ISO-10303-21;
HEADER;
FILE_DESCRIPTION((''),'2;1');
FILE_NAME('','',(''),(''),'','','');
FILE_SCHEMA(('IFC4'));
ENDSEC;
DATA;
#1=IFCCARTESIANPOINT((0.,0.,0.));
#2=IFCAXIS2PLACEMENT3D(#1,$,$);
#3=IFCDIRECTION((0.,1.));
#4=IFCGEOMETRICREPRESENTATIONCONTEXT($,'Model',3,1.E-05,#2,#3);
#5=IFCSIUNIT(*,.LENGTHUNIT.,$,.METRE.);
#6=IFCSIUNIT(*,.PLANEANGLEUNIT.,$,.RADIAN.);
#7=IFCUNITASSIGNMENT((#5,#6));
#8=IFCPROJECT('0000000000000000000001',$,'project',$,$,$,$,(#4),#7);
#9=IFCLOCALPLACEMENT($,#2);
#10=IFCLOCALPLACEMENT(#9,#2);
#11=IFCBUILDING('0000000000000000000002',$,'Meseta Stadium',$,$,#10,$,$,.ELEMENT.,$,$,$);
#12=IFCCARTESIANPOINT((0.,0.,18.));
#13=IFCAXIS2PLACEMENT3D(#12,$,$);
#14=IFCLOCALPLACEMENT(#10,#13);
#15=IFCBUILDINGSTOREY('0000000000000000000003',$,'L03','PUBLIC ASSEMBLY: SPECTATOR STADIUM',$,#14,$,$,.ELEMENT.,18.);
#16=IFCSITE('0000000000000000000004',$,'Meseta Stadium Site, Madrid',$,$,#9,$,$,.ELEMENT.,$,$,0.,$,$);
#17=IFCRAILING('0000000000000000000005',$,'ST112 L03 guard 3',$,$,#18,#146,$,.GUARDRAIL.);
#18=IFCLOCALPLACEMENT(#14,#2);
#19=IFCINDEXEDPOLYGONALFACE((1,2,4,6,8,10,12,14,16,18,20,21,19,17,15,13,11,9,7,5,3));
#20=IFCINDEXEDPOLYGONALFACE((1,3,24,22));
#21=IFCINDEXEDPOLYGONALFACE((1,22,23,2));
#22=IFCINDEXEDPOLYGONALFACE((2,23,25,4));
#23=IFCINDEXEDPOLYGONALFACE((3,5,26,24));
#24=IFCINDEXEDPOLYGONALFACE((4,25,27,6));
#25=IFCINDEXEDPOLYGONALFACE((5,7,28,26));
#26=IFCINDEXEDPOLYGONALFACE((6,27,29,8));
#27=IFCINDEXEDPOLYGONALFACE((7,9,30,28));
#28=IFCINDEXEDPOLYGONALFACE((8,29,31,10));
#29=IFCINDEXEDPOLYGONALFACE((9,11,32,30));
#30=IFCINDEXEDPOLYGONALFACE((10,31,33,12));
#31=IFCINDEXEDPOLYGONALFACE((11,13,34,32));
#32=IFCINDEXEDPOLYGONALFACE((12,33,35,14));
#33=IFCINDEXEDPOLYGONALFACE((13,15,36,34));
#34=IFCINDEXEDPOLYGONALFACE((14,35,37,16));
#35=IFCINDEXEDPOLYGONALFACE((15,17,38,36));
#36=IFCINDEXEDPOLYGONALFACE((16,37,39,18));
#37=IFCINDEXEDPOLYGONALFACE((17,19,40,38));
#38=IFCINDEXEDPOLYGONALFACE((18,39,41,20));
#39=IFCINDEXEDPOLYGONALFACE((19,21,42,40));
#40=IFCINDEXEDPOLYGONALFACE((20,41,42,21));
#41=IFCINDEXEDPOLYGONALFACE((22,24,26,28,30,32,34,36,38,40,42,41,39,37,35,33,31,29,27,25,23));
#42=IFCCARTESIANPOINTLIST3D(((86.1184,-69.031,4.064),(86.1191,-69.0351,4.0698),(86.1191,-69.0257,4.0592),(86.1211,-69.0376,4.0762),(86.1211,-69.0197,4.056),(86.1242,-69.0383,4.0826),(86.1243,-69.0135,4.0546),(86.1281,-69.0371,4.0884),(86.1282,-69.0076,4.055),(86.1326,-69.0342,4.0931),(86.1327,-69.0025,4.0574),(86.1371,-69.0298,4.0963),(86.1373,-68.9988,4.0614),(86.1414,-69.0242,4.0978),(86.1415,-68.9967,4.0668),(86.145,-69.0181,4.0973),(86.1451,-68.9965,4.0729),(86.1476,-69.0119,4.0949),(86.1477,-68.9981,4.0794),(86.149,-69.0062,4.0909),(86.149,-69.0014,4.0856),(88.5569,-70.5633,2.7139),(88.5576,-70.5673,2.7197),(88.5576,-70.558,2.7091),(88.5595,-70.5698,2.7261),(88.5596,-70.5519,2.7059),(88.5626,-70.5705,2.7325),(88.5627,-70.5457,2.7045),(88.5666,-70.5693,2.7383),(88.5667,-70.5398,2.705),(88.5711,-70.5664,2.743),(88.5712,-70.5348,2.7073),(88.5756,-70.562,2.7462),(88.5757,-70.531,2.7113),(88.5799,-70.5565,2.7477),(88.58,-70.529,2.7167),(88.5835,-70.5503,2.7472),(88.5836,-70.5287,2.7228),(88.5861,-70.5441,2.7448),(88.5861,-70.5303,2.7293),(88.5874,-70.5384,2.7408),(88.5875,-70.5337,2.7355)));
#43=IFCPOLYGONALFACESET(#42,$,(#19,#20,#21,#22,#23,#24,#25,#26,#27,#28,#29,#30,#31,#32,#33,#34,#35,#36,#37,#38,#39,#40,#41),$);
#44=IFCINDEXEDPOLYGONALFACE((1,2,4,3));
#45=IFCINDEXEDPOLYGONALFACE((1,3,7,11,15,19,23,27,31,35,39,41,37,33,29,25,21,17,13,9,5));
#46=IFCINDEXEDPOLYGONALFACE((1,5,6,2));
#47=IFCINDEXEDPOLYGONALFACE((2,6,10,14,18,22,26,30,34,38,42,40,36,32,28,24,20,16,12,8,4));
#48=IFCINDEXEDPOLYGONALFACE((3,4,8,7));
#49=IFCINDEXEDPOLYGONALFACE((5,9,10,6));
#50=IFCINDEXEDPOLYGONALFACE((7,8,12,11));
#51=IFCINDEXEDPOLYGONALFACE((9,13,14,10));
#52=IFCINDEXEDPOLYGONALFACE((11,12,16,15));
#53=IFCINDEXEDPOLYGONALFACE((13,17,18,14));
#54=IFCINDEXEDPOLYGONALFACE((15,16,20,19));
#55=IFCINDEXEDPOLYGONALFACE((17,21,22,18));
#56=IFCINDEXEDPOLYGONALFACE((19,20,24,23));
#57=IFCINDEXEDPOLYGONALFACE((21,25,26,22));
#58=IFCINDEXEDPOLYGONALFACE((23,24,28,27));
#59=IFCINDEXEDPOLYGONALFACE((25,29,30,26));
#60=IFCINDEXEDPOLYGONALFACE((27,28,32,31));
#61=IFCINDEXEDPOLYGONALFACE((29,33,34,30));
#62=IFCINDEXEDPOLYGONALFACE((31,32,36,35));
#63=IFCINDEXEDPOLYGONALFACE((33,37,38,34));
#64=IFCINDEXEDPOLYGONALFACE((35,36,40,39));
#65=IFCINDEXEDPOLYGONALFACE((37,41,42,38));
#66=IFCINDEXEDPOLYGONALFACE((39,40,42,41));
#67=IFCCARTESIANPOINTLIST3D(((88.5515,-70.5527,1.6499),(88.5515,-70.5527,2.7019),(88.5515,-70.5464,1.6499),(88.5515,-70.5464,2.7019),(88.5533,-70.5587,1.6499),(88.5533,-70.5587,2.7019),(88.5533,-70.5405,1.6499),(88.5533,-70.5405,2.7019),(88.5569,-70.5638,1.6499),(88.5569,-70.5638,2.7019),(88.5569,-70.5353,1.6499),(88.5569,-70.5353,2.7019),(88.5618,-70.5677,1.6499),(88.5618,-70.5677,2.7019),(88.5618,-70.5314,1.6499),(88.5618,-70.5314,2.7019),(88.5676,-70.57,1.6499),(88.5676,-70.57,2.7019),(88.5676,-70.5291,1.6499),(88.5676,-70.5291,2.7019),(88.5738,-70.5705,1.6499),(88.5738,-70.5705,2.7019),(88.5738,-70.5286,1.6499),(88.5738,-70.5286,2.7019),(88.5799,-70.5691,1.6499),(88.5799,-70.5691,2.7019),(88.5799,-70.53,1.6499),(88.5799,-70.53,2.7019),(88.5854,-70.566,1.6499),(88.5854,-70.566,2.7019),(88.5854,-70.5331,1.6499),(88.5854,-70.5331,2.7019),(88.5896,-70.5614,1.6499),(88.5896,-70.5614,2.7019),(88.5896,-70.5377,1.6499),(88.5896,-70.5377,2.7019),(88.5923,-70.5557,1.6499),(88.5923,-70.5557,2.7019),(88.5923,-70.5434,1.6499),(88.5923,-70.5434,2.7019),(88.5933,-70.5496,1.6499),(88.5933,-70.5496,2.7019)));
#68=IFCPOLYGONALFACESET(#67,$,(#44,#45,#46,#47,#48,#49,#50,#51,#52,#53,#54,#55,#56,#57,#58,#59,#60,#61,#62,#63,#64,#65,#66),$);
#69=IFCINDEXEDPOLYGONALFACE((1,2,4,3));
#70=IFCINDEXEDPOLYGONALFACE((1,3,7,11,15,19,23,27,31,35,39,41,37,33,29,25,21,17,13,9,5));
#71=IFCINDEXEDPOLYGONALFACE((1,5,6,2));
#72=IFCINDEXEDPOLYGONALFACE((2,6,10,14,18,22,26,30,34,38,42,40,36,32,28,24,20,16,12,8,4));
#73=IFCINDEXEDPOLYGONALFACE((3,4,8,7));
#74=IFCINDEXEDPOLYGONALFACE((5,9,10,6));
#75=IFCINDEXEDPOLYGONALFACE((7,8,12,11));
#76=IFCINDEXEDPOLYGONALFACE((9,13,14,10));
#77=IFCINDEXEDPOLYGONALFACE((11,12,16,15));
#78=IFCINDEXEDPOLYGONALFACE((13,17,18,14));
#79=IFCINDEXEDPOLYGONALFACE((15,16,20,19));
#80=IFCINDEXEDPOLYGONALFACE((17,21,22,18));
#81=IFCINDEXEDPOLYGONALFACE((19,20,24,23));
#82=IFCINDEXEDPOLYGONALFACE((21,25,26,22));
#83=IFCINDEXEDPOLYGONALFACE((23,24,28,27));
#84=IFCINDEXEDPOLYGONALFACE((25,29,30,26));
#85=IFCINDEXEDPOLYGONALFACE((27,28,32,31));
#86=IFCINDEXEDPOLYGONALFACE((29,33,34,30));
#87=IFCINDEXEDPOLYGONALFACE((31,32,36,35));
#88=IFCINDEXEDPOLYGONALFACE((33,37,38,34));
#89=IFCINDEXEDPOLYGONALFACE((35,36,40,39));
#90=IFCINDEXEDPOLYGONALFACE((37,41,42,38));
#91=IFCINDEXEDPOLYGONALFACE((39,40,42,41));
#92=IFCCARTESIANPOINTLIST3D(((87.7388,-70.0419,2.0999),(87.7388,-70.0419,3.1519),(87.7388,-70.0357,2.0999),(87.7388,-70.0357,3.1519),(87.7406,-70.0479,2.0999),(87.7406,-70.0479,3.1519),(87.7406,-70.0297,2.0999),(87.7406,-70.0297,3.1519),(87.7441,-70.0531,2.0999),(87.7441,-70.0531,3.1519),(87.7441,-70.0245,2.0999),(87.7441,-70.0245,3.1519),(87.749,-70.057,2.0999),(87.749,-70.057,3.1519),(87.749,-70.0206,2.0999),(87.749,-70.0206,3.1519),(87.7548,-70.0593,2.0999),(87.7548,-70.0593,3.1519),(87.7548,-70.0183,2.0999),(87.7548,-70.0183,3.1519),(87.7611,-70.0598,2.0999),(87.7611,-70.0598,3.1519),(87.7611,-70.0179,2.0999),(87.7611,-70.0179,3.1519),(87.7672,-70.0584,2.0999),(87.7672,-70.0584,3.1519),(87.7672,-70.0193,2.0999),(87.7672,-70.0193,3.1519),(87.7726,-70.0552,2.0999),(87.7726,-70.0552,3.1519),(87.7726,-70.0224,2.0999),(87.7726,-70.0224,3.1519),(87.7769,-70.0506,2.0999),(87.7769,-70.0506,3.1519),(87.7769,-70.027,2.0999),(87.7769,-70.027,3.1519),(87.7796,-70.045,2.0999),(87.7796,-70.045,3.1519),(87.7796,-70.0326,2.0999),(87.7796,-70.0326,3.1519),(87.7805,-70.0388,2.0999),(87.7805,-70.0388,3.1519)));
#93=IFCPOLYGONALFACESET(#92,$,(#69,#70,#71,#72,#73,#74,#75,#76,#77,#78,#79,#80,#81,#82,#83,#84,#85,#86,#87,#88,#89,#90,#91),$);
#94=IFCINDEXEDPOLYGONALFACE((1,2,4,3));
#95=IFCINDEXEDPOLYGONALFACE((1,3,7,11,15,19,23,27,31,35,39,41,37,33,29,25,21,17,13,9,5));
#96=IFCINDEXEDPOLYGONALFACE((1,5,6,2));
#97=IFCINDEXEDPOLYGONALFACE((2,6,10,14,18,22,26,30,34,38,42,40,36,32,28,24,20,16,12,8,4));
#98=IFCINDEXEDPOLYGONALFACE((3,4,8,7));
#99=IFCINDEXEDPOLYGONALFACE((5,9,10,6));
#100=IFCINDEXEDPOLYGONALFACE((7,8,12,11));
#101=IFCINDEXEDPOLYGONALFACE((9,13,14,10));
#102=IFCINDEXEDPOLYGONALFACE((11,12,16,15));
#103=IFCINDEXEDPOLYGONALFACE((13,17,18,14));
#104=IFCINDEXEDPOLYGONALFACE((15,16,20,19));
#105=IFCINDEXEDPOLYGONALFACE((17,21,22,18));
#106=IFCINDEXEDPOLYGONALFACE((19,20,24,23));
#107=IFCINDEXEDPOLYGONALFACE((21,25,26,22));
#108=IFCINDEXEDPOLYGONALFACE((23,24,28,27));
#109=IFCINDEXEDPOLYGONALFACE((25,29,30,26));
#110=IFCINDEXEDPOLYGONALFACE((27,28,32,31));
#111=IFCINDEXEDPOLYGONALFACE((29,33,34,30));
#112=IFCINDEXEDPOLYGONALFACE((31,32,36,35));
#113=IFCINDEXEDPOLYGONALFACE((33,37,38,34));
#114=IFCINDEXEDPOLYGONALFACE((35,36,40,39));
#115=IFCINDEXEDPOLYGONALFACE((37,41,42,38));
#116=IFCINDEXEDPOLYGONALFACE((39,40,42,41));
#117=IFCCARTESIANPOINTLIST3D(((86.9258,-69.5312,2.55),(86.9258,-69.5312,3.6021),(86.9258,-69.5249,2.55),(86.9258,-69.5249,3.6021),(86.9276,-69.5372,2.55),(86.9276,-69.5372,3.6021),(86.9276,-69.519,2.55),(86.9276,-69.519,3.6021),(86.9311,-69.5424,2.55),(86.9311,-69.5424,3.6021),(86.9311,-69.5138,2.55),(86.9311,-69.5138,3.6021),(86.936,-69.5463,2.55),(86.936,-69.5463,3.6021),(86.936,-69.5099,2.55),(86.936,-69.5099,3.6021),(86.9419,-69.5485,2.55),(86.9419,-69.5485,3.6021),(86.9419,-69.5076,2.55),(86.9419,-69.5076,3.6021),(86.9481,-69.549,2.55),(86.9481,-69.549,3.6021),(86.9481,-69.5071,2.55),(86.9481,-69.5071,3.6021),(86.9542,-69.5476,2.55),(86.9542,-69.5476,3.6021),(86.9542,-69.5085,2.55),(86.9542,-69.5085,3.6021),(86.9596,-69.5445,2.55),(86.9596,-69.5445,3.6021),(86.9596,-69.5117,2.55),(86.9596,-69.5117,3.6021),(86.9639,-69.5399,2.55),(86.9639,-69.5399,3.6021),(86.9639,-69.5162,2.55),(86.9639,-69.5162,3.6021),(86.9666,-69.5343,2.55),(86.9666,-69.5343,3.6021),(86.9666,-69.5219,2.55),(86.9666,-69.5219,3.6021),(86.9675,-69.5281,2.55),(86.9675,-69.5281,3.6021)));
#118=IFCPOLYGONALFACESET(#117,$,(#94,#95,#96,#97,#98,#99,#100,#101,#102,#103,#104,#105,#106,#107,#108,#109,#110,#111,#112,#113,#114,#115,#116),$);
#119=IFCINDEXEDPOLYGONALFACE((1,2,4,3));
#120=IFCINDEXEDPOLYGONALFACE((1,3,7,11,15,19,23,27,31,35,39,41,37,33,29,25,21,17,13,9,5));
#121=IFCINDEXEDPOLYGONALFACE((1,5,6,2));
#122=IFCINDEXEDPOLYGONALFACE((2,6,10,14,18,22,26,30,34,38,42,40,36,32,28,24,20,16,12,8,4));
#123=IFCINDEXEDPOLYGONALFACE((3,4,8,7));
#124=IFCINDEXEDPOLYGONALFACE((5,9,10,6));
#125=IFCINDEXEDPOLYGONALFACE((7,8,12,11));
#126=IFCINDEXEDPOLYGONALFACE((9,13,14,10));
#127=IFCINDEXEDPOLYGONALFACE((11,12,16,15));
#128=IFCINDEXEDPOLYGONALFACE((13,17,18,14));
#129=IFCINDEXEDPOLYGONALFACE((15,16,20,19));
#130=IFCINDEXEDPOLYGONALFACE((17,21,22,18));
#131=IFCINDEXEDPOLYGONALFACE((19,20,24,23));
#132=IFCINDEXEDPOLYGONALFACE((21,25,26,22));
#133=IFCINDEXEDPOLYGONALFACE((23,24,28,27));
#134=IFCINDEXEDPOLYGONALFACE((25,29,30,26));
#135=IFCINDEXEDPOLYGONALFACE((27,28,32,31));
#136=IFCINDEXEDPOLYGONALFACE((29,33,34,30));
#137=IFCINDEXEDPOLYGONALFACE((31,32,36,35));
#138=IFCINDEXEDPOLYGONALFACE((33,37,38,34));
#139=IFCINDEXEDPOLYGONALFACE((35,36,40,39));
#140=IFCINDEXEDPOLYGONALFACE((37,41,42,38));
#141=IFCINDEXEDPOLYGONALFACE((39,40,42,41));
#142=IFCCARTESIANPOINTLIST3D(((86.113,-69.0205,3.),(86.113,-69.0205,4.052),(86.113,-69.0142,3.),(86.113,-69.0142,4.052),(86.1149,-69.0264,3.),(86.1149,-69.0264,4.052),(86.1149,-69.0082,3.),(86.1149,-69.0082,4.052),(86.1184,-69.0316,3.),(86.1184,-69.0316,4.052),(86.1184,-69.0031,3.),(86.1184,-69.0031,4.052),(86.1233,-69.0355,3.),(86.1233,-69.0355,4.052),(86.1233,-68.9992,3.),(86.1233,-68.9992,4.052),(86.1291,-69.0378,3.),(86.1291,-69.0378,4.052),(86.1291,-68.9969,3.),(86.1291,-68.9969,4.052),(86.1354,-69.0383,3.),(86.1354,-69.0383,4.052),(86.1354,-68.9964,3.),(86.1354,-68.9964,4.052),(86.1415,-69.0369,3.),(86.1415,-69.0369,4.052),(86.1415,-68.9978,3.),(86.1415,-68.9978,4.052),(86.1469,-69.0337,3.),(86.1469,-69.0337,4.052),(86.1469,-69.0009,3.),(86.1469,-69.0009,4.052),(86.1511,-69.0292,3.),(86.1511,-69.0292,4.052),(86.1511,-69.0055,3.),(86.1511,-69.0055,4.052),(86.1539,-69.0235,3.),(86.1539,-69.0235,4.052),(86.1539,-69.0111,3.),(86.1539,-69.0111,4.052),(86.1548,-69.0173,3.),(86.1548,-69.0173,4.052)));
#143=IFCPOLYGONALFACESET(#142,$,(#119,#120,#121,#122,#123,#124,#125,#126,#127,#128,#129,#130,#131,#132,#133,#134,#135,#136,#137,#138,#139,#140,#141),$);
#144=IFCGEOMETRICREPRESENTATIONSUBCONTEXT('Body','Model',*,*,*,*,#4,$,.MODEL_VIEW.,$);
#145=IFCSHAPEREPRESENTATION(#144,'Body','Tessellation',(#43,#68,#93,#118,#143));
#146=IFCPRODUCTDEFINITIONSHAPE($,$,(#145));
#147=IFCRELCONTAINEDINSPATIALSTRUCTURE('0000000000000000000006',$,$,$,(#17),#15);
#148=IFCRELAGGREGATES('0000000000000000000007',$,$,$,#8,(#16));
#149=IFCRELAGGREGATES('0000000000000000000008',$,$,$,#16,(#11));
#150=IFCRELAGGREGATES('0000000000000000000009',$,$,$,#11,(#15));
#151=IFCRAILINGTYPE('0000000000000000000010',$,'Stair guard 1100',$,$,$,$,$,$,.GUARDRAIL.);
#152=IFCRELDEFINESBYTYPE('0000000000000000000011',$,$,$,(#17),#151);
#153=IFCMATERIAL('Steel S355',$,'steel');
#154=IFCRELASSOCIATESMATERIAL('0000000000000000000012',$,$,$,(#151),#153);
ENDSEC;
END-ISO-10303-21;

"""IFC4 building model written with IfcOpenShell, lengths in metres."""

from ifc_helpers import new_model, si_unit, direction, frame, origin, origin_2d, place, context, subcontext, project, spatial, circle, extrude, material, type_object, element, save


model = new_model("IFC4")

# Units and contexts
model_context = context("Model", 3, precision=1e-05, world=origin(), true_north=direction((0.0, 1.0)))
body_context = subcontext(model_context, "Body", "Model", "MODEL_VIEW")
ifc_project = project(units=[si_unit("LENGTHUNIT", "METRE"), si_unit("PLANEANGLEUNIT", "RADIAN")], contexts=[model_context])

# Site, building, storey
site_placement = place(None, origin())
site = spatial("IfcSite", under=ifc_project, at=site_placement, Name="Meseta Stadium Site, Madrid", CompositionType="ELEMENT", RefElevation=0.0)
building_placement = place(site_placement, origin())
building = spatial("IfcBuilding", under=site, at=building_placement, Name="Meseta Stadium", CompositionType="ELEMENT")
storey_placement = place(building_placement, frame((0.0, 0.0, 18.0)))
storey = spatial("IfcBuildingStorey", under=building, at=storey_placement, Name="L03", Description="PUBLIC ASSEMBLY: SPECTATOR STADIUM", CompositionType="ELEMENT", Elevation=18.0)

# Railing
ifc_material_1 = material(Name="Steel S355", Category="steel")
railing_type_1 = type_object("IfcRailingType", Name="Stair guard 1100", PredefinedType="GUARDRAIL", material=ifc_material_1)
for number, where, name in (
    (1, (88.5723, -70.5496, 1.6499), "ST112 L03 guard 3"),
):
    element("IfcRailing", number, at=place(storey_placement, frame(where)), inside=storey, type_object=railing_type_1, Name=name, PredefinedType="GUARDRAIL", context=body_context, shape_type="SweptSolid", body=[
        extrude(circle(Radius=0.0239, at=origin_2d()), frame((0.0, 0.0, 1.0762), z_axis=(-0.766655, 0.481731, 0.42447), x_axis=(-0.53204, -0.846719, 0.0)), (0.0, 0.0, 1.0), 3.1807),
        extrude(circle(Radius=0.021, at=origin_2d()), origin(), (0.0, 0.0, 1.0), 1.052),
        extrude(circle(Radius=0.021, at=origin_2d()), frame((-0.8127, 0.5107, 0.45)), (0.0, 0.0, 1.0), 1.052),
        extrude(circle(Radius=0.021, at=origin_2d()), frame((-1.6257, 1.0215, 0.9001)), (0.0, 0.0, 1.0), 1.052),
        extrude(circle(Radius=0.021, at=origin_2d()), frame((-2.4385, 1.5322, 1.3501)), (0.0, 0.0, 1.0), 1.052),
    ])

save(model, "model.ifc")
